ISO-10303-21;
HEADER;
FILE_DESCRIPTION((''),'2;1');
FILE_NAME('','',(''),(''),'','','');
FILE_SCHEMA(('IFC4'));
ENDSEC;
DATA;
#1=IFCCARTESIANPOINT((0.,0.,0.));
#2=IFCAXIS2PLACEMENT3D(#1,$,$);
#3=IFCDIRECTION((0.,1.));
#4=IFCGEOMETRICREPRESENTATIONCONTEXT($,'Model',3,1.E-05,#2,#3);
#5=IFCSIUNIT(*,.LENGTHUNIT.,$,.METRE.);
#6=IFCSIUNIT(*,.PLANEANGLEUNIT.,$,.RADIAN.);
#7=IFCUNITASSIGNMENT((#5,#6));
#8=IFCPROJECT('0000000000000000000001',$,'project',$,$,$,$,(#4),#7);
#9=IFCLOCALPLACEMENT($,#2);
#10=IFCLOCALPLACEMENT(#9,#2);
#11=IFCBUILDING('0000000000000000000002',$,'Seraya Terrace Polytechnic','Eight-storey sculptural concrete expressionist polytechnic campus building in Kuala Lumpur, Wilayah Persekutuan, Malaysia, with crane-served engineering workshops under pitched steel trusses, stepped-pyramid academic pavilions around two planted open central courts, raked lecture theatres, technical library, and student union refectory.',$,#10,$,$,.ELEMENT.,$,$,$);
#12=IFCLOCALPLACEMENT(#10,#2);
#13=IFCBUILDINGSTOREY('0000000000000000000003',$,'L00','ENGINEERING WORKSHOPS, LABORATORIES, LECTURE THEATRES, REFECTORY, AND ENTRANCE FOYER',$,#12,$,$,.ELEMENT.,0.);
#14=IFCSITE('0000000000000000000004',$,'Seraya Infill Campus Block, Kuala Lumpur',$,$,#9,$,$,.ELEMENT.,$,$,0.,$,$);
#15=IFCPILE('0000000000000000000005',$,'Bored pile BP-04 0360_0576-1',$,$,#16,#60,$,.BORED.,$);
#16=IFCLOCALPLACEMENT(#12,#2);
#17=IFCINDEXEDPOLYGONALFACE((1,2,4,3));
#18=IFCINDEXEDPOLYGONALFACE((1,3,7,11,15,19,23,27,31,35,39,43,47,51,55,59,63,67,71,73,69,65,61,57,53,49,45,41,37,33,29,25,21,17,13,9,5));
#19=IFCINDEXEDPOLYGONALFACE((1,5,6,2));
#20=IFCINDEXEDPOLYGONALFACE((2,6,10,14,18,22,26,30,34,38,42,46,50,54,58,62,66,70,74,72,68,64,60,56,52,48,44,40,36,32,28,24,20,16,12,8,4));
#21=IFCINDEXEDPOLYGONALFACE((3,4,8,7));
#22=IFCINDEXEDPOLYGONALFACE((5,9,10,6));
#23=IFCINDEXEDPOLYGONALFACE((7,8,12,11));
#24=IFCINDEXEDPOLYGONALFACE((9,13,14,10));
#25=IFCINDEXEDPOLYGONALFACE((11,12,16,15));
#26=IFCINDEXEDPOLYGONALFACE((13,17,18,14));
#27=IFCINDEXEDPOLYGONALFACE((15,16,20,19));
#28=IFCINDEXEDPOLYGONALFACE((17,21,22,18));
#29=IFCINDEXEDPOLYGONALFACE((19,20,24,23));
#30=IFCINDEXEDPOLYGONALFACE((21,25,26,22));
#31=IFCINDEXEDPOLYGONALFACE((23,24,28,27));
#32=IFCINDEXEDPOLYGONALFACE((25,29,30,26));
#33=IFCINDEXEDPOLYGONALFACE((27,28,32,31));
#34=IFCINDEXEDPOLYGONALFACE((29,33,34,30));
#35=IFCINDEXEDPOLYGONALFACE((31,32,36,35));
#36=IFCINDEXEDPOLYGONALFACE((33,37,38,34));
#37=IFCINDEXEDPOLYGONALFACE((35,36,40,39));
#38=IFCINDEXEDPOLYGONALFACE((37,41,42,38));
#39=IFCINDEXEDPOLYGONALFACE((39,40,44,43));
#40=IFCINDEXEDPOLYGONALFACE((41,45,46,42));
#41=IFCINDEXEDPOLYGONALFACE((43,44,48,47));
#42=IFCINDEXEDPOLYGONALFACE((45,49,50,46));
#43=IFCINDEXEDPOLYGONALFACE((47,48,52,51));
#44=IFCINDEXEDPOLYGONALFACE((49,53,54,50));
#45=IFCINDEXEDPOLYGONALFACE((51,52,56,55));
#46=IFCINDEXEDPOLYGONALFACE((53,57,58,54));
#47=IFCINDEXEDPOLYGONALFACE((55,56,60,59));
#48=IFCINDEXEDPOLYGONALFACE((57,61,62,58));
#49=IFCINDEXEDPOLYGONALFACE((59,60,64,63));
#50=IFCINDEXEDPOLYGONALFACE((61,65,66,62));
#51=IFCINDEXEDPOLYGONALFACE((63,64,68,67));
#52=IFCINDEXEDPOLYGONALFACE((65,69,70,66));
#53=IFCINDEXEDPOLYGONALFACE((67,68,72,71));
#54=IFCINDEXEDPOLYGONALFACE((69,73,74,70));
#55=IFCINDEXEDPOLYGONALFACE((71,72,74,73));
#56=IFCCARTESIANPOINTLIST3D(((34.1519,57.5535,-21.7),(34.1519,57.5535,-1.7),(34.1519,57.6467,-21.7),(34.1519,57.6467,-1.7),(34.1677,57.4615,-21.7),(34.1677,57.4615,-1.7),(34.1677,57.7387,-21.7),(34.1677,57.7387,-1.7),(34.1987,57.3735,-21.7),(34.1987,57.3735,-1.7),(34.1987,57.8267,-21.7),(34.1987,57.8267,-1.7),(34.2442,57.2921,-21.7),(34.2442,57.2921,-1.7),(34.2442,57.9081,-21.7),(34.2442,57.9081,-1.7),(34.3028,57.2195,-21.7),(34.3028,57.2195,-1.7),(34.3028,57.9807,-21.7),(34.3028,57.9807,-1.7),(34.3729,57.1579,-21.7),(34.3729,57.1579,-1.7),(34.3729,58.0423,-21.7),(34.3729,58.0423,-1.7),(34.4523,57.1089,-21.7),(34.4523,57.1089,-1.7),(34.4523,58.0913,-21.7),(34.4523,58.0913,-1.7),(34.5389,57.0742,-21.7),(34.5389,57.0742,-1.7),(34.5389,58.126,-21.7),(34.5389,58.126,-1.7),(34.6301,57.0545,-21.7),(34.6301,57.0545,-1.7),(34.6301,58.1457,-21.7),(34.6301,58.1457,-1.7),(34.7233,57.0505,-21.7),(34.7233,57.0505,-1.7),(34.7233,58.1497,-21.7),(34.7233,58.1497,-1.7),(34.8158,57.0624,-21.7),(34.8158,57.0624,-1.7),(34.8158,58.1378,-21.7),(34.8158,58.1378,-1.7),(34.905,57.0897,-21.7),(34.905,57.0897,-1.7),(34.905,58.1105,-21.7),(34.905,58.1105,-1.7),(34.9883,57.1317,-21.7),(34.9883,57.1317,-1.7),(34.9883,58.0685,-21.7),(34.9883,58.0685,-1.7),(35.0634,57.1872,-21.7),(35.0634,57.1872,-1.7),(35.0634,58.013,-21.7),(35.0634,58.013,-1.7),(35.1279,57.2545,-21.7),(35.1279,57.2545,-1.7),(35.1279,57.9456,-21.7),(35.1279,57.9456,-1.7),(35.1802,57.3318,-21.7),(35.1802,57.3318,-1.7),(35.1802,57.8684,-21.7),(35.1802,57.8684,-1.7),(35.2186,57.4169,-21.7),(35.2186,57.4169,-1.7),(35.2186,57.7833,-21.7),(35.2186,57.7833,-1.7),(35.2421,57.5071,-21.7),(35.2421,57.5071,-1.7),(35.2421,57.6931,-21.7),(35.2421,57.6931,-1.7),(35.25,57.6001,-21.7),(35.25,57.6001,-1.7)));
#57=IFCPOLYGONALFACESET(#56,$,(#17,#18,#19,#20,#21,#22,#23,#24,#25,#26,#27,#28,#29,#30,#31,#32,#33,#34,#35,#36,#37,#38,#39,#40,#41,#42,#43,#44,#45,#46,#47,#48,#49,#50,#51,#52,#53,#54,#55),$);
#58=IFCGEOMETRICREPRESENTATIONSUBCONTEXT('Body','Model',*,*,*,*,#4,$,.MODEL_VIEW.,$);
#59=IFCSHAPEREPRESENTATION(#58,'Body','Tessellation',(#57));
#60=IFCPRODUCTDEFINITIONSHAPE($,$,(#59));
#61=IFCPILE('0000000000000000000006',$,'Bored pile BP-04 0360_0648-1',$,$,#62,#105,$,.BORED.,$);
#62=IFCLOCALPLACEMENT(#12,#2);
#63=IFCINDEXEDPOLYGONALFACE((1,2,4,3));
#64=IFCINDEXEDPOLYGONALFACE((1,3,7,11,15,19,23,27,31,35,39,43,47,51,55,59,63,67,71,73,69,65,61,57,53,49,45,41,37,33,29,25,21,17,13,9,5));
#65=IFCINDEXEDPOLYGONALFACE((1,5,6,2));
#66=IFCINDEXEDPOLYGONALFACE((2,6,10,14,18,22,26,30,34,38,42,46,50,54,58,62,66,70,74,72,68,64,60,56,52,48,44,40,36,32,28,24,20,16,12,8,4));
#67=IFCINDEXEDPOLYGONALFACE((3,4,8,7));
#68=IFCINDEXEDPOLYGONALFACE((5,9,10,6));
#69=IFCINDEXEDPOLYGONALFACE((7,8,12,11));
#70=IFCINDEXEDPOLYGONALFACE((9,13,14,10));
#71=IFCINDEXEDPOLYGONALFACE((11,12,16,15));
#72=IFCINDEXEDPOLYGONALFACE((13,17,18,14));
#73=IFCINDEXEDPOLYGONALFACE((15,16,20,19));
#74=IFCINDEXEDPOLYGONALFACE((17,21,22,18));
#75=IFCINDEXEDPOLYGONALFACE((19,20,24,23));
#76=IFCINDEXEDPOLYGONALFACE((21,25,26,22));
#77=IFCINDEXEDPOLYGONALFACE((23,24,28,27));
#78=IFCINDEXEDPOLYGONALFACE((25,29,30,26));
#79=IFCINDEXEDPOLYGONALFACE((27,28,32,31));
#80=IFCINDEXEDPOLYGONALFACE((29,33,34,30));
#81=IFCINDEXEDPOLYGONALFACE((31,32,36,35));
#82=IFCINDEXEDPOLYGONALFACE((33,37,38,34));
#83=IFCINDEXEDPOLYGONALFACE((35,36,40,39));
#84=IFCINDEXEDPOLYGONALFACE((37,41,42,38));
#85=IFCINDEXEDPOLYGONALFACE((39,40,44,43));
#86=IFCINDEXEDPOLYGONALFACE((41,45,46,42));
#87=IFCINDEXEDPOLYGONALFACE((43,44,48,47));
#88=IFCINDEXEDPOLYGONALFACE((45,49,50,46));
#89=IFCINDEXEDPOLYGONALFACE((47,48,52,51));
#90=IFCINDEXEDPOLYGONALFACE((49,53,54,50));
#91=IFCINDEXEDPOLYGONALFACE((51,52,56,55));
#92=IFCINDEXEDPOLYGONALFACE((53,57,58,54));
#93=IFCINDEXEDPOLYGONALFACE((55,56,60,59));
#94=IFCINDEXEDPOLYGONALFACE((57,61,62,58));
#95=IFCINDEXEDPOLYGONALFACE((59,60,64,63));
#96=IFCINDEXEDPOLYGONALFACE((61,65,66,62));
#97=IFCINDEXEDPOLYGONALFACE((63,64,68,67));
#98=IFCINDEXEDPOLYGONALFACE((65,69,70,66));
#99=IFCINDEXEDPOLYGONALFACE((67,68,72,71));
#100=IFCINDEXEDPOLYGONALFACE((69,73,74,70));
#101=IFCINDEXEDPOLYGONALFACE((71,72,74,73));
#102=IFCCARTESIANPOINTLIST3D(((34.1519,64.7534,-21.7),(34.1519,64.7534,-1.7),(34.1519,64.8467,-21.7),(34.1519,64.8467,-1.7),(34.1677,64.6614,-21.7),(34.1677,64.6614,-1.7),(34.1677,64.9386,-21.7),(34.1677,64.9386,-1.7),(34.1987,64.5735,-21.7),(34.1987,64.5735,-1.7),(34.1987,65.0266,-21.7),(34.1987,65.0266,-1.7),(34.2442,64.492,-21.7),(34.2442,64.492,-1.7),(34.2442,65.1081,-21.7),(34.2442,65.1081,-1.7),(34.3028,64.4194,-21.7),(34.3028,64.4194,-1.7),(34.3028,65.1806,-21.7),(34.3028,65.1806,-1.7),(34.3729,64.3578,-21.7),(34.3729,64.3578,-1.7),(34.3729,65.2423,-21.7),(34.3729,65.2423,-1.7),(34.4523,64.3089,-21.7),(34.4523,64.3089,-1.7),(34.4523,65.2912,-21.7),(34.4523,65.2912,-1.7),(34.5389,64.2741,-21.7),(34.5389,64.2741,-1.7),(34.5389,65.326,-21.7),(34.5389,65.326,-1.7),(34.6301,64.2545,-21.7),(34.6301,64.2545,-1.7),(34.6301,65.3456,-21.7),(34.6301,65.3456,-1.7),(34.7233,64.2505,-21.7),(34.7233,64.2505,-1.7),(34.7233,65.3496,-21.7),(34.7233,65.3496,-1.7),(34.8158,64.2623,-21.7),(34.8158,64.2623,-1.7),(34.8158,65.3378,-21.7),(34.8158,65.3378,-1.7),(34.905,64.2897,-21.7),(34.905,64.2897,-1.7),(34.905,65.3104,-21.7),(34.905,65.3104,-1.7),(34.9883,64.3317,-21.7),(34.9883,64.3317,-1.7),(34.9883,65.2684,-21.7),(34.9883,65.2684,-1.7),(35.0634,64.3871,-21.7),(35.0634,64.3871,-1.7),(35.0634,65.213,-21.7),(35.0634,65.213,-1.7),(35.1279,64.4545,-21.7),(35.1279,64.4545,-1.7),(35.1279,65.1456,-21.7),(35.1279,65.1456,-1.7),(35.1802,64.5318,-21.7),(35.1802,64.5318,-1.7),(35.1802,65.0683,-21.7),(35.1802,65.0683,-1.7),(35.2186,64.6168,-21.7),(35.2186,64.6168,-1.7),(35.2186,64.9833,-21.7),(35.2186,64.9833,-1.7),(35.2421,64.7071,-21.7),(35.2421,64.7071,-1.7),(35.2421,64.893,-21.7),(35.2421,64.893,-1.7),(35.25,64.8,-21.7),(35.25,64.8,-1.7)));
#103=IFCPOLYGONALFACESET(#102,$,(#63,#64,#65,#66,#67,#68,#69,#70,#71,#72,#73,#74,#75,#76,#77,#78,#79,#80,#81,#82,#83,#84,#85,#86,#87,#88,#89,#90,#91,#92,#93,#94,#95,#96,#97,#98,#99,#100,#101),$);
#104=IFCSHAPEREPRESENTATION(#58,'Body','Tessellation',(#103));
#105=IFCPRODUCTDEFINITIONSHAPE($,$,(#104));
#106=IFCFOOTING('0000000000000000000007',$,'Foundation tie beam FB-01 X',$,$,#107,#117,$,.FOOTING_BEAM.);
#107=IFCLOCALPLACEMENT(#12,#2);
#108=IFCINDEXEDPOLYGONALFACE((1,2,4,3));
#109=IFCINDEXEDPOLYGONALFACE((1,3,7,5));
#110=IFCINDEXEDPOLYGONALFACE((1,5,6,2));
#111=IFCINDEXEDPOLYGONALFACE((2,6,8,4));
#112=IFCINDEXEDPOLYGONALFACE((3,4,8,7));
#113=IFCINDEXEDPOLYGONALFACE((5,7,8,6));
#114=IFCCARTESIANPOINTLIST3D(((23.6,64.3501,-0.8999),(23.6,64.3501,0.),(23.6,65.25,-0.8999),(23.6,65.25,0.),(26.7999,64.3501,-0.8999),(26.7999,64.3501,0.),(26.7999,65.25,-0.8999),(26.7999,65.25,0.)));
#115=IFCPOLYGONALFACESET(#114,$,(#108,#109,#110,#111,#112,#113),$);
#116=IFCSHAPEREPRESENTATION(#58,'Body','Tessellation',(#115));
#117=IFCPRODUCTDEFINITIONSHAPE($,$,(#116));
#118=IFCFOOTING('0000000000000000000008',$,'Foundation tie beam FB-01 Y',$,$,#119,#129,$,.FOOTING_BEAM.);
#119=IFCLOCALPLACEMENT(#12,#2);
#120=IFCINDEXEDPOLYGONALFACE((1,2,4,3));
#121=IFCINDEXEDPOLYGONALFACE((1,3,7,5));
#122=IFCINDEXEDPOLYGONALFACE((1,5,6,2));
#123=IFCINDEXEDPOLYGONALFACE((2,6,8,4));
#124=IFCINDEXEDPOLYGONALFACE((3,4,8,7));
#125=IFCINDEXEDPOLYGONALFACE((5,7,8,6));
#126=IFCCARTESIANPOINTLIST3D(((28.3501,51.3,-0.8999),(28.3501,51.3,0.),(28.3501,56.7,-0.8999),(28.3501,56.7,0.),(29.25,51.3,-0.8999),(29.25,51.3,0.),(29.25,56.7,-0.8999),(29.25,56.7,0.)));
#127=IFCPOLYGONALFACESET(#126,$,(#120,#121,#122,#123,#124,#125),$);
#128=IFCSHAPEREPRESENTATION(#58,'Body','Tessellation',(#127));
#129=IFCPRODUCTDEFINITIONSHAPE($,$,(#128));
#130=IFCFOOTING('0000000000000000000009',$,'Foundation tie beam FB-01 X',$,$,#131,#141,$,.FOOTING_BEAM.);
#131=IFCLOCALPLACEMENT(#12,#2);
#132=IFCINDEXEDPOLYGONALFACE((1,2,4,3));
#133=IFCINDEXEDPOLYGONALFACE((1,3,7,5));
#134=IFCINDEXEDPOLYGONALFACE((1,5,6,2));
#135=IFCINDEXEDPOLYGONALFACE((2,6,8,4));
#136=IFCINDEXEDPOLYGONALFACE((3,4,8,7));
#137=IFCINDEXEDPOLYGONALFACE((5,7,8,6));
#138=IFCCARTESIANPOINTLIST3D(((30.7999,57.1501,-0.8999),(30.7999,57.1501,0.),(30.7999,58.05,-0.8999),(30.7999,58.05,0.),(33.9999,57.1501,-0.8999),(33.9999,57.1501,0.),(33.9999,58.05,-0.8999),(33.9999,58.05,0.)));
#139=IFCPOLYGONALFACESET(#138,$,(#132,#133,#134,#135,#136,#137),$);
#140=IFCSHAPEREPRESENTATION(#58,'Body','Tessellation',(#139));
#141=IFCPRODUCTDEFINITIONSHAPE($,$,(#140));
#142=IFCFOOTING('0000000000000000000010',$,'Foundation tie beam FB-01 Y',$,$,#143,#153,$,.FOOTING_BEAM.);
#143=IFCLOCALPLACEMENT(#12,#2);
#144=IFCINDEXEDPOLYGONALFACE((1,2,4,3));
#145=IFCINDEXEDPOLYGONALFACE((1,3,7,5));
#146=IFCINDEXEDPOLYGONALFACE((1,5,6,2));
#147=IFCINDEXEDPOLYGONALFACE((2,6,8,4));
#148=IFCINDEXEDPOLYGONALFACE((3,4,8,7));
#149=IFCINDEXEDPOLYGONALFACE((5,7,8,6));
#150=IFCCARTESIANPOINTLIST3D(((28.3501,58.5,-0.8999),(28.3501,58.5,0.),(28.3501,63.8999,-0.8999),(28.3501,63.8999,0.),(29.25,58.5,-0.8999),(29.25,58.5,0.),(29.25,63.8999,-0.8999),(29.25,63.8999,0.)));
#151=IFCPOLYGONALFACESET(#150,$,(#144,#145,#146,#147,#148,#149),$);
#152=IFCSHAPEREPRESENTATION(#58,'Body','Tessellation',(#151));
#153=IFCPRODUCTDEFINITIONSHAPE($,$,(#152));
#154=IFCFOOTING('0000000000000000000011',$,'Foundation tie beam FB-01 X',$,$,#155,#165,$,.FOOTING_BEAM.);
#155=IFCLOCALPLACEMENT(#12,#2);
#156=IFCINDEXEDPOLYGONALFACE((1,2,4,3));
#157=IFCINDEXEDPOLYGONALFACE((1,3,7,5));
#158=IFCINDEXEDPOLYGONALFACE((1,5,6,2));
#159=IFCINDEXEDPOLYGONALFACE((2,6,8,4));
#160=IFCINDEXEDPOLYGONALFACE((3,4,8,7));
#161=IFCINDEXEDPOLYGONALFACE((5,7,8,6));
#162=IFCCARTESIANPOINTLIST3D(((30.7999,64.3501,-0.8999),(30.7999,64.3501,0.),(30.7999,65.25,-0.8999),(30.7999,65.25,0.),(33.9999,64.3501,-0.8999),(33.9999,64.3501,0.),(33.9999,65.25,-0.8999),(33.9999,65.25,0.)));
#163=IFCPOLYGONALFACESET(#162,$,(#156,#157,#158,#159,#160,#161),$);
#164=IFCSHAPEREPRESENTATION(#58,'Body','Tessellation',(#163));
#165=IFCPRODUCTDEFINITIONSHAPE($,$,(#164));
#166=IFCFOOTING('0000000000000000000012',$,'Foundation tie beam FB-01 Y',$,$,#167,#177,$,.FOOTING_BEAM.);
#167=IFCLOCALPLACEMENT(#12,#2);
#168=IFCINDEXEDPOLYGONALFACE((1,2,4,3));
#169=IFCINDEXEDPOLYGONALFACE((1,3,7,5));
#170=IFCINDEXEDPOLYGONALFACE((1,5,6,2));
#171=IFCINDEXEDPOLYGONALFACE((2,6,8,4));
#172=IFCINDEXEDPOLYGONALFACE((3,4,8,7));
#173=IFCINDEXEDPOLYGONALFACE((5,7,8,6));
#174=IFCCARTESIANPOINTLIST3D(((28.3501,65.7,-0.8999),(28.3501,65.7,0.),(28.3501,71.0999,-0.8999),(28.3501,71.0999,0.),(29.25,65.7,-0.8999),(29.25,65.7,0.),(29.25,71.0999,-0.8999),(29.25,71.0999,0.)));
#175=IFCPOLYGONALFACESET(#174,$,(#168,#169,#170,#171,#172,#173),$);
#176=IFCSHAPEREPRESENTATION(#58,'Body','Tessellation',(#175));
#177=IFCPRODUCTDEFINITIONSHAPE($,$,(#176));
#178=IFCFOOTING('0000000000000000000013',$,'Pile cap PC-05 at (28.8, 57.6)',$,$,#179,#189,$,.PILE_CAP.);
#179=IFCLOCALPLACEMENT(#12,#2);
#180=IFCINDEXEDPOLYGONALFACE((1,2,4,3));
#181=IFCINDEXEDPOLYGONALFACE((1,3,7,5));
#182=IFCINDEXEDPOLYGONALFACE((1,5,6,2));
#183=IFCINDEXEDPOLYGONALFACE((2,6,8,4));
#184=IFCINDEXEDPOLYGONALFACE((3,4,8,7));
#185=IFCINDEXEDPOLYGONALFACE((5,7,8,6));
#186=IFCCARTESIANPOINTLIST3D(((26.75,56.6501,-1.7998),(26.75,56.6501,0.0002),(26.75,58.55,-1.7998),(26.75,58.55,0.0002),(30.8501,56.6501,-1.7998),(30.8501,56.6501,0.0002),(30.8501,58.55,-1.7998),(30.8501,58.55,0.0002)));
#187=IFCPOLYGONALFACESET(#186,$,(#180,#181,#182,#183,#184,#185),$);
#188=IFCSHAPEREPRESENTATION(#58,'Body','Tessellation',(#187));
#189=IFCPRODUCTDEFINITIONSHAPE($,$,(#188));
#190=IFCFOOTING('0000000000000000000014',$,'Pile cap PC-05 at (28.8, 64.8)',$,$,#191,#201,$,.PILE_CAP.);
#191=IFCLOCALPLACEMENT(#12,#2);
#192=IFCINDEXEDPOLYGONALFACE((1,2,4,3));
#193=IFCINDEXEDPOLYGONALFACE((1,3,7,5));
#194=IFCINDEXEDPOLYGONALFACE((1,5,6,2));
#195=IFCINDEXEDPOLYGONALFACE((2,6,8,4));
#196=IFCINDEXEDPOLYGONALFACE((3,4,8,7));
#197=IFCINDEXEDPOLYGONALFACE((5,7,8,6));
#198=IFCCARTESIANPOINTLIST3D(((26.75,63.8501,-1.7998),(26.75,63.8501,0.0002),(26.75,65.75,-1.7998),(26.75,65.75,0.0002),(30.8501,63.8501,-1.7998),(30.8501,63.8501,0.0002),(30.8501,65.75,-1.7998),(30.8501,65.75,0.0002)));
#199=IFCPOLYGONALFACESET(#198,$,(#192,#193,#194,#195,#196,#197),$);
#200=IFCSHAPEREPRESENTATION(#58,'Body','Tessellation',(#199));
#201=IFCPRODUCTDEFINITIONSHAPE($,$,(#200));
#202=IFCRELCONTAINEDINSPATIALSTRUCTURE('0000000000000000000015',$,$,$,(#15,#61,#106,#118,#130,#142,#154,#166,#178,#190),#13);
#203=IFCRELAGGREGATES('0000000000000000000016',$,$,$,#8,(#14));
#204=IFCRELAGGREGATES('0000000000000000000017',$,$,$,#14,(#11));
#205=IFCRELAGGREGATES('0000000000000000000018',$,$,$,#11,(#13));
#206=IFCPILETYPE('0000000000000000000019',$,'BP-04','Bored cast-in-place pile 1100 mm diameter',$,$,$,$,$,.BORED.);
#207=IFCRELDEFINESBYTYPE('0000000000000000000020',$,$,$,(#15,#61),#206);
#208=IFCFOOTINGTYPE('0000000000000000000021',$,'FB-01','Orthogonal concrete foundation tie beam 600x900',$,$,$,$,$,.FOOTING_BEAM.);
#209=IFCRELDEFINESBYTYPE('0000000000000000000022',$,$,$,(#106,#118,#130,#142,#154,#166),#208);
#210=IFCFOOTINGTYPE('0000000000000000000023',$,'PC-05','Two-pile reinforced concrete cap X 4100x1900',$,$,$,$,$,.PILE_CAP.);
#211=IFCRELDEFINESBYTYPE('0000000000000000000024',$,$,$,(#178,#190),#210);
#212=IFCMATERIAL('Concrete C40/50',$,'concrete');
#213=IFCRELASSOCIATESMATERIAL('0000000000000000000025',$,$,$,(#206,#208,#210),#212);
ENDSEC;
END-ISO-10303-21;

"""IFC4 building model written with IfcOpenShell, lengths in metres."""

from ifc_helpers import new_model, si_unit, direction, frame, origin, origin_2d, place, context, subcontext, project, spatial, rectangle, circle, extrude, material, material_profile, profile_set, type_object, element, save


model = new_model("IFC4")

# Units and contexts
model_context = context("Model", 3, precision=1e-05, world=origin(), true_north=direction((0.0, 1.0)))
body_context = subcontext(model_context, "Body", "Model", "MODEL_VIEW")
ifc_project = project(units=[si_unit("LENGTHUNIT", "METRE"), si_unit("PLANEANGLEUNIT", "RADIAN")], contexts=[model_context])

# Site, building, storey
site_placement = place(None, origin())
site = spatial("IfcSite", under=ifc_project, at=site_placement, Name="Seraya Infill Campus Block, Kuala Lumpur", CompositionType="ELEMENT", RefElevation=0.0)
building_placement = place(site_placement, origin())
building = spatial("IfcBuilding", under=site, at=building_placement, Name="Seraya Terrace Polytechnic", Description="Eight-storey sculptural concrete expressionist polytechnic campus building in Kuala Lumpur, Wilayah Persekutuan, Malaysia, with crane-served engineering workshops under pitched steel trusses, stepped-pyramid academic pavilions around two planted open central courts, raked lecture theatres, technical library, and student union refectory.", CompositionType="ELEMENT")
storey_placement = place(building_placement, origin())
storey = spatial("IfcBuildingStorey", under=building, at=storey_placement, Name="L00", Description="ENGINEERING WORKSHOPS, LABORATORIES, LECTURE THEATRES, REFECTORY, AND ENTRANCE FOYER", CompositionType="ELEMENT", Elevation=0.0)

# Piles
ifc_material_1 = material(Name="Concrete C40/50", Category="concrete")
ifc_material_profile_1 = material_profile(ifc_material_1, circle(Radius=0.55, at=origin_2d()), Name="DIA 1100")
ifc_profile_set_1 = profile_set([ifc_material_profile_1], Name="Concrete C40/50")
pile_type = type_object("IfcPileType", Name="BP-04", Description="Bored cast-in-place pile 1100 mm diameter", PredefinedType="BORED", material=ifc_profile_set_1)
for number, where, z_axis, x_axis, name in (
    (1, (34.7, 57.6001, -1.7), (0.0, 0.0, -1.0), (1.0, 0.0, 0.0), "Bored pile BP-04 0360_0576-1"),
    (2, (34.7, 64.8, -1.7), (0.0, 0.0, -1.0), (1.0, 0.0, 0.0), "Bored pile BP-04 0360_0648-1"),
):
    element("IfcPile", number, at=place(storey_placement, frame(where, z_axis=z_axis, x_axis=x_axis)), inside=storey, type_object=pile_type, Name=name, PredefinedType="BORED", context=body_context, shape_type="SweptSolid", body=[
        extrude(circle(Radius=0.55, at=origin_2d()), origin(), (0.0, 0.0, 1.0), 20.0),
    ])

# Footings
footing_type_1 = type_object("IfcFootingType", Name="FB-01", Description="Orthogonal concrete foundation tie beam 600x900", PredefinedType="FOOTING_BEAM", material=ifc_material_1)
footing_1_placement = place(storey_placement, frame((25.2, 64.8, -0.8999), z_axis=(0.0, 0.0, 1.0), x_axis=(1.0, 0.0, 0.0)))
element("IfcFooting", 3, at=footing_1_placement, inside=storey, type_object=footing_type_1, Name="Foundation tie beam FB-01 X", PredefinedType="FOOTING_BEAM", context=body_context, shape_type="SweptSolid", body=[
    extrude(rectangle(XDim=3.2, YDim=0.8999, at=origin_2d()), origin(), (0.0, 0.0, 1.0), 0.8999),
])
footing_2_placement = place(storey_placement, frame((28.8, 54.0, -0.8999), z_axis=(0.0, 0.0, 1.0), x_axis=(0.0, 1.0, 0.0)))
element("IfcFooting", 4, at=footing_2_placement, inside=storey, type_object=footing_type_1, Name="Foundation tie beam FB-01 Y", PredefinedType="FOOTING_BEAM", context=body_context, shape_type="SweptSolid", body=[
    extrude(rectangle(XDim=5.3999, YDim=0.8999, at=origin_2d()), origin(), (0.0, 0.0, 1.0), 0.8999),
])
footing_3_placement = place(storey_placement, frame((32.3999, 57.6001, -0.8999), z_axis=(0.0, 0.0, 1.0), x_axis=(1.0, 0.0, 0.0)))
element("IfcFooting", 5, at=footing_3_placement, inside=storey, type_object=footing_type_1, Name="Foundation tie beam FB-01 X", PredefinedType="FOOTING_BEAM", context=body_context, shape_type="SweptSolid", body=[
    extrude(rectangle(XDim=3.2, YDim=0.8999, at=origin_2d()), origin(), (0.0, 0.0, 1.0), 0.8999),
])
footing_4_placement = place(storey_placement, frame((28.8, 61.2, -0.8999), z_axis=(0.0, 0.0, 1.0), x_axis=(0.0, 1.0, 0.0)))
element("IfcFooting", 6, at=footing_4_placement, inside=storey, type_object=footing_type_1, Name="Foundation tie beam FB-01 Y", PredefinedType="FOOTING_BEAM", context=body_context, shape_type="SweptSolid", body=[
    extrude(rectangle(XDim=5.3999, YDim=0.8999, at=origin_2d()), origin(), (0.0, 0.0, 1.0), 0.8999),
])
footing_5_placement = place(storey_placement, frame((32.3999, 64.8, -0.8999), z_axis=(0.0, 0.0, 1.0), x_axis=(1.0, 0.0, 0.0)))
element("IfcFooting", 7, at=footing_5_placement, inside=storey, type_object=footing_type_1, Name="Foundation tie beam FB-01 X", PredefinedType="FOOTING_BEAM", context=body_context, shape_type="SweptSolid", body=[
    extrude(rectangle(XDim=3.2, YDim=0.8999, at=origin_2d()), origin(), (0.0, 0.0, 1.0), 0.8999),
])
footing_6_placement = place(storey_placement, frame((28.8, 68.3999, -0.8999), z_axis=(0.0, 0.0, 1.0), x_axis=(0.0, 1.0, 0.0)))
element("IfcFooting", 8, at=footing_6_placement, inside=storey, type_object=footing_type_1, Name="Foundation tie beam FB-01 Y", PredefinedType="FOOTING_BEAM", context=body_context, shape_type="SweptSolid", body=[
    extrude(rectangle(XDim=5.3999, YDim=0.8999, at=origin_2d()), origin(), (0.0, 0.0, 1.0), 0.8999),
])
footing_type_2 = type_object("IfcFootingType", Name="PC-05", Description="Two-pile reinforced concrete cap X 4100x1900", PredefinedType="PILE_CAP", material=ifc_material_1)
for number, where, z_axis, x_axis, name in (
    (9, (28.8, 57.6001, -1.7998), (0.0, 0.0, 1.0), (1.0, 0.0, 0.0), "Pile cap PC-05 at (28.8, 57.6)"),
    (10, (28.8, 64.8, -1.7998), (0.0, 0.0, 1.0), (1.0, 0.0, 0.0), "Pile cap PC-05 at (28.8, 64.8)"),
):
    element("IfcFooting", number, at=place(storey_placement, frame(where, z_axis=z_axis, x_axis=x_axis)), inside=storey, type_object=footing_type_2, Name=name, PredefinedType="PILE_CAP", context=body_context, shape_type="SweptSolid", body=[
        extrude(rectangle(XDim=4.1001, YDim=1.8999, at=origin_2d()), origin(), (0.0, 0.0, 1.0), 1.8),
    ])

save(model, "model.ifc")
